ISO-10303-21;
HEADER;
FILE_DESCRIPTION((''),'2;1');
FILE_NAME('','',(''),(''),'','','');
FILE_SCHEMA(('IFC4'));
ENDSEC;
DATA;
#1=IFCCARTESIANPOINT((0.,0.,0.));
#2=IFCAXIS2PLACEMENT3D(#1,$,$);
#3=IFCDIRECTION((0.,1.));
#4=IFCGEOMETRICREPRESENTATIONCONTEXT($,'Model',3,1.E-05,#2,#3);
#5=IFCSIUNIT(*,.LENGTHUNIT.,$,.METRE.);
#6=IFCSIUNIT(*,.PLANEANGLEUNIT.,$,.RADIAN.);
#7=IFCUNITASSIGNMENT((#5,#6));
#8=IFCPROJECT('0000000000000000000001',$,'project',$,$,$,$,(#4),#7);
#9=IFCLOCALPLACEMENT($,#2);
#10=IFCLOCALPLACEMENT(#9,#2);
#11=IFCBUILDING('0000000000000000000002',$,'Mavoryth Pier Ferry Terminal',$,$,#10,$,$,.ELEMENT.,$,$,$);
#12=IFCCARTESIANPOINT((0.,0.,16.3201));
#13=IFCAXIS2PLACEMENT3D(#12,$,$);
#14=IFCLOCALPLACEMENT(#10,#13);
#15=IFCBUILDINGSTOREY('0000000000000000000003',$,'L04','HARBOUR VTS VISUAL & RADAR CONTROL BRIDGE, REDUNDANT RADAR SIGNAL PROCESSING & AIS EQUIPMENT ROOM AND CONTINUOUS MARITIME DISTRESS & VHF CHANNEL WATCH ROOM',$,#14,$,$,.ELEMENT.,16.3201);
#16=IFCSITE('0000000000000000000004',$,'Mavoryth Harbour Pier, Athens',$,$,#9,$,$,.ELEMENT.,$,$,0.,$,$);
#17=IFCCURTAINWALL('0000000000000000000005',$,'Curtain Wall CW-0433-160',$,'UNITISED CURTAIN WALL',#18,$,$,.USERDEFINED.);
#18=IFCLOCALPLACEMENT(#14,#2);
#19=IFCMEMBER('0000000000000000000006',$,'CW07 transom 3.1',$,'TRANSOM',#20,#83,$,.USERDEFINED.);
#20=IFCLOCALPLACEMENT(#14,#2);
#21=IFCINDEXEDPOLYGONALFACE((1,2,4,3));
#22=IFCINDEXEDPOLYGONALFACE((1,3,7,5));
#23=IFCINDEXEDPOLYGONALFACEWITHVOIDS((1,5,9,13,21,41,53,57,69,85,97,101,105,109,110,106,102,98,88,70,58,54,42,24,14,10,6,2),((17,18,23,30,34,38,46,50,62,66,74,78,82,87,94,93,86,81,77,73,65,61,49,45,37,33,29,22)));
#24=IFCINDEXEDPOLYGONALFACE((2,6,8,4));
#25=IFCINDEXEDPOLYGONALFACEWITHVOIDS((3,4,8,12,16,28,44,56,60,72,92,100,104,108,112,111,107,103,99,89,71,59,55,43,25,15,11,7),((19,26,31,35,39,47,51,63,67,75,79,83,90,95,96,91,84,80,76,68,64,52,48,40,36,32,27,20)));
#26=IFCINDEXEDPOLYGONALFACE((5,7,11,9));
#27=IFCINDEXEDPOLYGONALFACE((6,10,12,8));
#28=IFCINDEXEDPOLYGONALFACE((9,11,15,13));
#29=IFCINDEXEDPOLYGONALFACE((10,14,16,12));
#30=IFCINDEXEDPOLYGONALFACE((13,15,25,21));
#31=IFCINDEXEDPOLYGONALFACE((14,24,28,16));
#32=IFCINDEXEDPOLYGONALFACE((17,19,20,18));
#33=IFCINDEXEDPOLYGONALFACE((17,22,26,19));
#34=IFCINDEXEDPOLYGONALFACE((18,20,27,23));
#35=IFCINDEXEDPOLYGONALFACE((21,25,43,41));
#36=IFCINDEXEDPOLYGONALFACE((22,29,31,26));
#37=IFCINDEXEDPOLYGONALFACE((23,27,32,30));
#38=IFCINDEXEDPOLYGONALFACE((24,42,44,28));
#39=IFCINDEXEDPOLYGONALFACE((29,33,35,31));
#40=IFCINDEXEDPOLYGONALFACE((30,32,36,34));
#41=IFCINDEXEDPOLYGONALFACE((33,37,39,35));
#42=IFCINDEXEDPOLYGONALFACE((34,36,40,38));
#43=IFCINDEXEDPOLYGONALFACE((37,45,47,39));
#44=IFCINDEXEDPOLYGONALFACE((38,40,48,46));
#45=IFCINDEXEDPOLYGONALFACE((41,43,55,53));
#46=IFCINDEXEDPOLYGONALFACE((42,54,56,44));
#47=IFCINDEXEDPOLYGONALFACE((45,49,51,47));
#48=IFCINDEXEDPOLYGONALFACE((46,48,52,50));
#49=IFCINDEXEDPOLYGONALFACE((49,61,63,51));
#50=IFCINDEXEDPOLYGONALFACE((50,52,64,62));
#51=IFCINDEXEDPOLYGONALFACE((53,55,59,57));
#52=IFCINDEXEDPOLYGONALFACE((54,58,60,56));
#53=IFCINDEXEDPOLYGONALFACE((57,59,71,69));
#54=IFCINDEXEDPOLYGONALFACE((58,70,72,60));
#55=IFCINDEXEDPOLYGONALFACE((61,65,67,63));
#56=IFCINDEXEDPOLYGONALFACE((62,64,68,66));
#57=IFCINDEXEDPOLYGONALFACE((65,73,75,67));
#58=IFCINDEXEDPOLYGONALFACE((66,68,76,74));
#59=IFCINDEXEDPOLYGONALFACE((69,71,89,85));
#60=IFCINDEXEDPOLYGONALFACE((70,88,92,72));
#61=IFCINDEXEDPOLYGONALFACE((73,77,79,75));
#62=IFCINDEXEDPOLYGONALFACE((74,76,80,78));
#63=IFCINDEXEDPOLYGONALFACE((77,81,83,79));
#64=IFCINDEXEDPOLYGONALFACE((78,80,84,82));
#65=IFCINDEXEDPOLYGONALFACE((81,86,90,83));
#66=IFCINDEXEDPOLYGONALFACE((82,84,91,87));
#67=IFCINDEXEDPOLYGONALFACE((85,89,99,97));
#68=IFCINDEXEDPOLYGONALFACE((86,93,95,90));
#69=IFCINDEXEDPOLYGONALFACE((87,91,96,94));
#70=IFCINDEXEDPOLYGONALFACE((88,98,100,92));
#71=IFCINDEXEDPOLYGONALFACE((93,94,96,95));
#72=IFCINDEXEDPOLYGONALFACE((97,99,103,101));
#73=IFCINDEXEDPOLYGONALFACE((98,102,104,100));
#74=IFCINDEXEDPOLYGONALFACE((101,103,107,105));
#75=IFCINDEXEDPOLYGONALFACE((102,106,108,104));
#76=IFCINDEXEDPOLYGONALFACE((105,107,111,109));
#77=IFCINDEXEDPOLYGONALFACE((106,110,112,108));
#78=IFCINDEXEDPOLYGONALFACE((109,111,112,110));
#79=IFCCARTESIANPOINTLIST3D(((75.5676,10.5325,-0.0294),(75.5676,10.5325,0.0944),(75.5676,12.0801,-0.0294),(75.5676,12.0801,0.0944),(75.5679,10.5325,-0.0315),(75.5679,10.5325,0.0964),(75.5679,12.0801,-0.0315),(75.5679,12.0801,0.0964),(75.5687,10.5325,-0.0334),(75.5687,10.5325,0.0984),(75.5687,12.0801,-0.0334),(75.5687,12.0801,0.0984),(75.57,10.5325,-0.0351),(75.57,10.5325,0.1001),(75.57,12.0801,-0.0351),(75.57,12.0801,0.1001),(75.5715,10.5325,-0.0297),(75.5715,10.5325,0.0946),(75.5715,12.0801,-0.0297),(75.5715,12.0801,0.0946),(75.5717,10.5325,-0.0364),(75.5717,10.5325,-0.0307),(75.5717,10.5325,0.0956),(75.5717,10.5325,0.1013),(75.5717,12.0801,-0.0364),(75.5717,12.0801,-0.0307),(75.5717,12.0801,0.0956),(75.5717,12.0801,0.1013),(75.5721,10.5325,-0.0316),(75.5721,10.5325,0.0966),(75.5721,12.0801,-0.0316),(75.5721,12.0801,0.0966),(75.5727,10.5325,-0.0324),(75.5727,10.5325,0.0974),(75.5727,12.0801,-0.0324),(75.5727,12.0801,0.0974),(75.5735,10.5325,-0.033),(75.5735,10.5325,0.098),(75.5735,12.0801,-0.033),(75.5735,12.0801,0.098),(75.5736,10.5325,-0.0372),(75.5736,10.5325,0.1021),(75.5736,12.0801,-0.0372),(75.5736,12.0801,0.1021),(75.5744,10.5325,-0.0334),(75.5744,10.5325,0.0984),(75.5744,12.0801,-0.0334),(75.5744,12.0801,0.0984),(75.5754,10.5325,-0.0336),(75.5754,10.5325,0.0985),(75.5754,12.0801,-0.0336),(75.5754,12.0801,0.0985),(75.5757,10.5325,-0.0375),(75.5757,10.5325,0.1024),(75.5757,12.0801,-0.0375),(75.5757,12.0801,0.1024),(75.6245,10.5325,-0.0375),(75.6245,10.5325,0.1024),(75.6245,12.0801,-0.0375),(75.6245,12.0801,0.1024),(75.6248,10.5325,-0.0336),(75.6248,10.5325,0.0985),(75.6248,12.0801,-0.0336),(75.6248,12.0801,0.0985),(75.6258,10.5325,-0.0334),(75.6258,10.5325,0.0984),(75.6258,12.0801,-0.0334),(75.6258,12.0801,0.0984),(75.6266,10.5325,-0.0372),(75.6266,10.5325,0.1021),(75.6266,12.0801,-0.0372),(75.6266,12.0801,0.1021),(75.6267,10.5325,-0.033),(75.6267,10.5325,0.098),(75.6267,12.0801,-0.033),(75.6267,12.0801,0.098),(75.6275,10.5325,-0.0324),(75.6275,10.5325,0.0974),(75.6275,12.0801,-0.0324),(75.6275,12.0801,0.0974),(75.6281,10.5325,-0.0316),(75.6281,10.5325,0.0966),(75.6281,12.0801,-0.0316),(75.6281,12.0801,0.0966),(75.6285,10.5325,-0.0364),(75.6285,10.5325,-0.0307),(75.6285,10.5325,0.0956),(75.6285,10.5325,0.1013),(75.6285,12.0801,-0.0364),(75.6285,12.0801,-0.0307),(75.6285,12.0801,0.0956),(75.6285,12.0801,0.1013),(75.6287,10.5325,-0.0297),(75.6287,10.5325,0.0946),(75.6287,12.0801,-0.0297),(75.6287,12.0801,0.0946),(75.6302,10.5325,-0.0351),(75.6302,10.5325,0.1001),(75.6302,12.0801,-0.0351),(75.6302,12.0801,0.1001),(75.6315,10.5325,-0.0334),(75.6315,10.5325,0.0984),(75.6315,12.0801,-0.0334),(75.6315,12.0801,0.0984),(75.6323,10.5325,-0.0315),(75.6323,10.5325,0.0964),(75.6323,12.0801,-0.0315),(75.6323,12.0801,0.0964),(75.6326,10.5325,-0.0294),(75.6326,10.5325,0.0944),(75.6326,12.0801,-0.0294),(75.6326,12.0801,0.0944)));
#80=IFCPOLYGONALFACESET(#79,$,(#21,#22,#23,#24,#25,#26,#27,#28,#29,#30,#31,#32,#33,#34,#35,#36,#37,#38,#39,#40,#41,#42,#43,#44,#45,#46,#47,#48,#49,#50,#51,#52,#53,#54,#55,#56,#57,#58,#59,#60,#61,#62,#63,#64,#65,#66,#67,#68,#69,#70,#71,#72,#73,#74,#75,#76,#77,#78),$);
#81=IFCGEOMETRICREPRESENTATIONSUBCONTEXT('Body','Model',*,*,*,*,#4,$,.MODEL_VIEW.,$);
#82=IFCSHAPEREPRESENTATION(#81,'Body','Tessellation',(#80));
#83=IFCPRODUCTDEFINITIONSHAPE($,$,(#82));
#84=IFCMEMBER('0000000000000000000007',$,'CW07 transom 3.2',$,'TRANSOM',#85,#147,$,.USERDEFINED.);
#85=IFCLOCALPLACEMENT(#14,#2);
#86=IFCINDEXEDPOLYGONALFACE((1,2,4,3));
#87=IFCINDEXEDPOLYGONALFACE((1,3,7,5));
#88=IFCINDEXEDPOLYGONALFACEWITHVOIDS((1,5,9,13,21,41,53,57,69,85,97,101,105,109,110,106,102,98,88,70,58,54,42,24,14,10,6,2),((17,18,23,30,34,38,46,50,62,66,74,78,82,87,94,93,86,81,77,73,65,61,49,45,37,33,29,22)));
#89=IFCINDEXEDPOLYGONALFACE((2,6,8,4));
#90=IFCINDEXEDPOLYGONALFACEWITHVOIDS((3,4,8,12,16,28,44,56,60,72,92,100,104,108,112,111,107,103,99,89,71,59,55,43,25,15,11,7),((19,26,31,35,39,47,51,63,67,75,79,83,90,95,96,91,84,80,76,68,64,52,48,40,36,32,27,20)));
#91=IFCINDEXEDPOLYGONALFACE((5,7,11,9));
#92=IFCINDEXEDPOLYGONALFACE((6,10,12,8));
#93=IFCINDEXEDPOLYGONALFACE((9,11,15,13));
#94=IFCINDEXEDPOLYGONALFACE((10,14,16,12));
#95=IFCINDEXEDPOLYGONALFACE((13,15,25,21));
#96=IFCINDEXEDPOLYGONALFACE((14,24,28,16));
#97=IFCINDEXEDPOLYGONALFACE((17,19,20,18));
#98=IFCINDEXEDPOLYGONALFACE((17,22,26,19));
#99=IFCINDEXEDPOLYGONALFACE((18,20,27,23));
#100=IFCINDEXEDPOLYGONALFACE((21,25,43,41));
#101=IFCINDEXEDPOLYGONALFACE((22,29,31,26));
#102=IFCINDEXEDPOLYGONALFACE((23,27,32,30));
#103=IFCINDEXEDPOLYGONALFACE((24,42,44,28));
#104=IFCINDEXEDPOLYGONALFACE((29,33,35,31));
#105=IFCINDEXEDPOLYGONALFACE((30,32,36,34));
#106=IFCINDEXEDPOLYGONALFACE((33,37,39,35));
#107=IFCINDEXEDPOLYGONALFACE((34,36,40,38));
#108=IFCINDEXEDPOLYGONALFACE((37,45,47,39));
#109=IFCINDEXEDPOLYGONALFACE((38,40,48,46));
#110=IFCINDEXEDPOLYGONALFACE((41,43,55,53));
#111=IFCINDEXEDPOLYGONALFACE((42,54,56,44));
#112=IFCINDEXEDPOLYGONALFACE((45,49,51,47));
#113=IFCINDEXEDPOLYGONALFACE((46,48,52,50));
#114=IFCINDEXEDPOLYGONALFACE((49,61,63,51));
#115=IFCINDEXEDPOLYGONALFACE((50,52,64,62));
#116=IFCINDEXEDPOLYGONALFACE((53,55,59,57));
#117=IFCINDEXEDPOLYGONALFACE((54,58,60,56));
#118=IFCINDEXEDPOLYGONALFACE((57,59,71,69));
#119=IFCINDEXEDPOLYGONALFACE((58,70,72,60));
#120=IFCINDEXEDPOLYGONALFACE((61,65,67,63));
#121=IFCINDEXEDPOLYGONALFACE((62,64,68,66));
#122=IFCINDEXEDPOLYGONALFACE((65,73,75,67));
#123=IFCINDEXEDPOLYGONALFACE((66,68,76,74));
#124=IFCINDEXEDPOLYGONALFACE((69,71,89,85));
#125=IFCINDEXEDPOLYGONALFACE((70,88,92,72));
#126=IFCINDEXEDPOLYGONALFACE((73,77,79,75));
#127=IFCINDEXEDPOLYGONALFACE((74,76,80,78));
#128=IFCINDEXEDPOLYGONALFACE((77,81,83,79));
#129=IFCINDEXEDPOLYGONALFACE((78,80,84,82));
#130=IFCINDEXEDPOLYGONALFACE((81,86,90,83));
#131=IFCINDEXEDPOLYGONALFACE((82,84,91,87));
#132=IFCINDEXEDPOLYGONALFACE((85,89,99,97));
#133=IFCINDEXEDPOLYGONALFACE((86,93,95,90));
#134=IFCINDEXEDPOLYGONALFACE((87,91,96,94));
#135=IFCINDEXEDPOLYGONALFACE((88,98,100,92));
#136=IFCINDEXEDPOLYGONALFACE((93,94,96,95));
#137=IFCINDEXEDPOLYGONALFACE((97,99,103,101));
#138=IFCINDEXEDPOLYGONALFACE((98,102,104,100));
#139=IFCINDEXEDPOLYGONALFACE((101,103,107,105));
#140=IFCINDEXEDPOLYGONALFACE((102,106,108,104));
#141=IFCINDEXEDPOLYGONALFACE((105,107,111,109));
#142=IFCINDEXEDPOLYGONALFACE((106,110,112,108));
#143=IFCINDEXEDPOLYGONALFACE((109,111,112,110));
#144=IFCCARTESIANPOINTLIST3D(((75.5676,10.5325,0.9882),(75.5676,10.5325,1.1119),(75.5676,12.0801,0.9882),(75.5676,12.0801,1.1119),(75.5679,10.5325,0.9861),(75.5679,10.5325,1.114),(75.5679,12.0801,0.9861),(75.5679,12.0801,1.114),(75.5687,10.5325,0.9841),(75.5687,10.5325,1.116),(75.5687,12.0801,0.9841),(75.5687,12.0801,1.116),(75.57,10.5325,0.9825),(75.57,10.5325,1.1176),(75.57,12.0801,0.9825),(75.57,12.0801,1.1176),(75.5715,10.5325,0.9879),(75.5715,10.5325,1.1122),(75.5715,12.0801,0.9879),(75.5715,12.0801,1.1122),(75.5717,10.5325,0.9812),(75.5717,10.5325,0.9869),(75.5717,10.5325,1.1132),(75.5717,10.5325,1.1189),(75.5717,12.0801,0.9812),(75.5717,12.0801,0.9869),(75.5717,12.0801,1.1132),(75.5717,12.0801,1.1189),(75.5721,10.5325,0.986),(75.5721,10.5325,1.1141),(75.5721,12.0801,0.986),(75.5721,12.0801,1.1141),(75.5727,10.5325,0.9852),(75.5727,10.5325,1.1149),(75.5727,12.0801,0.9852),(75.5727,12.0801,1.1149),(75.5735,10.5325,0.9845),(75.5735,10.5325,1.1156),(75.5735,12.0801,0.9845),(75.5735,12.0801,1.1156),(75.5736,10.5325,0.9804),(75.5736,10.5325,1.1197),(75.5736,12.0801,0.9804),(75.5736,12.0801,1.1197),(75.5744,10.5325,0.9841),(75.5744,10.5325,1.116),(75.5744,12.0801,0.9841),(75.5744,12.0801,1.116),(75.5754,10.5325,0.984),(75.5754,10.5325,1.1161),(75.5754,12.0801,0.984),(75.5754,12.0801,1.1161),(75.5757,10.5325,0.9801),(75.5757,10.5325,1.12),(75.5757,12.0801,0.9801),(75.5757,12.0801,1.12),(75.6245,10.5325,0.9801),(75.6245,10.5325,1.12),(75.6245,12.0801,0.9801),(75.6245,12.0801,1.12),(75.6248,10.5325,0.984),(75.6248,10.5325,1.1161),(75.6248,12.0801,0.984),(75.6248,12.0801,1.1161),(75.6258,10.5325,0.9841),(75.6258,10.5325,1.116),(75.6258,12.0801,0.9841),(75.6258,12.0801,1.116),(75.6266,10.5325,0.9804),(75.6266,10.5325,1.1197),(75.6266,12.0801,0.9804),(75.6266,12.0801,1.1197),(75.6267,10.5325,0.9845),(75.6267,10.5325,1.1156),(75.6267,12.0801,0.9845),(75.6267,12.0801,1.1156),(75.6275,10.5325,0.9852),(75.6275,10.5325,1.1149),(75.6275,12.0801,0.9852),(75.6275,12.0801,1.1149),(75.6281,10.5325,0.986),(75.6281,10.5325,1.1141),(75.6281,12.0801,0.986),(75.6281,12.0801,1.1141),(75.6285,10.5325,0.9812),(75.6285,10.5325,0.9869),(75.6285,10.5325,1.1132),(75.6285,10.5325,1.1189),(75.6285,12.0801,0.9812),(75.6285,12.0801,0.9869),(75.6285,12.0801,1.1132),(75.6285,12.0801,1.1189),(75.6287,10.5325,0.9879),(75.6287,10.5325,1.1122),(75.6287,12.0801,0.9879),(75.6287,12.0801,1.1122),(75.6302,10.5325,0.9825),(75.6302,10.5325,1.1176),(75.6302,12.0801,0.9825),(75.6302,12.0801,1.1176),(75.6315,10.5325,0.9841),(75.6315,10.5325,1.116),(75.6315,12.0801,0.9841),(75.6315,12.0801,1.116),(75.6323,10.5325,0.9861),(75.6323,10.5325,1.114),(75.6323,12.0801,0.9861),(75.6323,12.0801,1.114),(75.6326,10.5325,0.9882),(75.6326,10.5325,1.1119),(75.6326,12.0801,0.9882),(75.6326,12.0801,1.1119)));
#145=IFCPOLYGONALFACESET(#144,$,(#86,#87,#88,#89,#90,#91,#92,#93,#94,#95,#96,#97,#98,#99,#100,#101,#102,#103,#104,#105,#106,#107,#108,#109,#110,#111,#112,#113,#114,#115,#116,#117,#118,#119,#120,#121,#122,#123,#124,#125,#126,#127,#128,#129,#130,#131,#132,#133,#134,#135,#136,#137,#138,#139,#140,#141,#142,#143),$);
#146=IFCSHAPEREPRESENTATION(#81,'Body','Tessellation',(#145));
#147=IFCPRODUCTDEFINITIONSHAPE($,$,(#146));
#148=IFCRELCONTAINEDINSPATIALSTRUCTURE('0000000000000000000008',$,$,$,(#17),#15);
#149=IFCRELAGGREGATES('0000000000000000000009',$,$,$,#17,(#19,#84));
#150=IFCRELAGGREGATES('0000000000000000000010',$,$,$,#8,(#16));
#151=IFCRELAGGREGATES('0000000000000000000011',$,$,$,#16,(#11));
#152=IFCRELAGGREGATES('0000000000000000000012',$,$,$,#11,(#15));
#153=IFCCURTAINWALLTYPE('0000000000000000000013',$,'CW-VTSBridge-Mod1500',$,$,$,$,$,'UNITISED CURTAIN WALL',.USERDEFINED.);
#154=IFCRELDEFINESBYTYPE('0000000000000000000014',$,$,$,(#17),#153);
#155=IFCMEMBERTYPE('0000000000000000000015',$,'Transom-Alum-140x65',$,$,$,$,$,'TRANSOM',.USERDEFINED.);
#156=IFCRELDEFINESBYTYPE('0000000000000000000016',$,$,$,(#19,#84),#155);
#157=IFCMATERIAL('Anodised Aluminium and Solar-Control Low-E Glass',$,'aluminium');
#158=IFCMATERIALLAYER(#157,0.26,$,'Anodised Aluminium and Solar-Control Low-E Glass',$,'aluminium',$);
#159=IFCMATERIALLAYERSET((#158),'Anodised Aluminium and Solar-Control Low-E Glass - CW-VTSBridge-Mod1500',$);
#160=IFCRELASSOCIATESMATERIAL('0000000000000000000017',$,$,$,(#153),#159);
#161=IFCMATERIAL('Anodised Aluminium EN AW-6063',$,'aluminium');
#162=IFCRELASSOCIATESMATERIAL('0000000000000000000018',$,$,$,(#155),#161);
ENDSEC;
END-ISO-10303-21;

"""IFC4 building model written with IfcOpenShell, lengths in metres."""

from ifc_helpers import new_model, si_unit, direction, frame, origin, origin_2d, place, context, subcontext, project, spatial, hollow_rectangle, extrude, material, layer, layer_set, material_profile, profile_set, type_object, element, aggregate, save


model = new_model("IFC4")

# Units and contexts
model_context = context("Model", 3, precision=1e-05, world=origin(), true_north=direction((0.0, 1.0)))
body_context = subcontext(model_context, "Body", "Model", "MODEL_VIEW")
ifc_project = project(units=[si_unit("LENGTHUNIT", "METRE"), si_unit("PLANEANGLEUNIT", "RADIAN")], contexts=[model_context])

# Site, building, storey
site_placement = place(None, origin())
site = spatial("IfcSite", under=ifc_project, at=site_placement, Name="Mavoryth Harbour Pier, Athens", CompositionType="ELEMENT", RefElevation=0.0)
building_placement = place(site_placement, origin())
building = spatial("IfcBuilding", under=site, at=building_placement, Name="Mavoryth Pier Ferry Terminal", CompositionType="ELEMENT")
storey_placement = place(building_placement, frame((0.0, 0.0, 16.3201)))
storey = spatial("IfcBuildingStorey", under=building, at=storey_placement, Name="L04", Description="HARBOUR VTS VISUAL & RADAR CONTROL BRIDGE, REDUNDANT RADAR SIGNAL PROCESSING & AIS EQUIPMENT ROOM AND CONTINUOUS MARITIME DISTRESS & VHF CHANNEL WATCH ROOM", CompositionType="ELEMENT", Elevation=16.3201)

# Curtain wall, members
ifc_material_1 = material(Name="Anodised Aluminium and Solar-Control Low-E Glass", Category="aluminium")
ifc_layer_1 = layer(ifc_material_1, 0.26, Name="Anodised Aluminium and Solar-Control Low-E Glass", Category="aluminium")
ifc_layer_set_1 = layer_set([ifc_layer_1], Name="Anodised Aluminium and Solar-Control Low-E Glass - CW-VTSBridge-Mod1500")
curtain_wall_type = type_object("IfcCurtainWallType", Name="CW-VTSBridge-Mod1500", ElementType="UNITISED CURTAIN WALL", PredefinedType="USERDEFINED", material=ifc_layer_set_1)
curtain_wall_placement = place(storey_placement, origin())
curtain_wall = element("IfcCurtainWall", 1, at=curtain_wall_placement, inside=storey, type_object=curtain_wall_type, Name="Curtain Wall CW-0433-160", ObjectType="UNITISED CURTAIN WALL", PredefinedType="USERDEFINED")
ifc_material_2 = material(Name="Anodised Aluminium EN AW-6063", Category="aluminium")
ifc_material_profile_1 = material_profile(ifc_material_2, hollow_rectangle(XDim=0.0649, YDim=0.1399, WallThickness=0.0039, InnerFilletRadius=0.0039, OuterFilletRadius=0.0081, at=origin_2d()), Name="AL-TRAN 140x65x4", Category="aluminium")
ifc_profile_set_1 = profile_set([ifc_material_profile_1], Name="Anodised Aluminium EN AW-6063 - AL-TRAN 140x65x4")
member_type_1 = type_object("IfcMemberType", Name="Transom-Alum-140x65", ElementType="TRANSOM", PredefinedType="USERDEFINED", material=ifc_profile_set_1)
member_1_placement = place(storey_placement, frame((75.6001, 10.5325, 0.0325), z_axis=(0.0, 1.0, 0.0), x_axis=(-1.0, 0.0, 0.0)))
member_1 = element("IfcMember", 2, at=member_1_placement, type_object=member_type_1, Name="CW07 transom 3.1", ObjectType="TRANSOM", PredefinedType="USERDEFINED", context=body_context, shape_type="SweptSolid", body=[
    extrude(hollow_rectangle(XDim=0.0649, YDim=0.1399, WallThickness=0.0039, InnerFilletRadius=0.0039, OuterFilletRadius=0.0081, at=origin_2d()), origin(), (0.0, 0.0, 1.0), 1.5476),
])
member_2_placement = place(storey_placement, frame((75.6001, 10.5325, 1.05), z_axis=(0.0, 1.0, 0.0), x_axis=(-1.0, 0.0, 0.0)))
member_2 = element("IfcMember", 3, at=member_2_placement, type_object=member_type_1, Name="CW07 transom 3.2", ObjectType="TRANSOM", PredefinedType="USERDEFINED", context=body_context, shape_type="SweptSolid", body=[
    extrude(hollow_rectangle(XDim=0.0649, YDim=0.1399, WallThickness=0.0039, InnerFilletRadius=0.0039, OuterFilletRadius=0.0081, at=origin_2d()), origin(), (0.0, 0.0, 1.0), 1.5476),
])
aggregate(curtain_wall, [member_1, member_2])

save(model, "model.ifc")
